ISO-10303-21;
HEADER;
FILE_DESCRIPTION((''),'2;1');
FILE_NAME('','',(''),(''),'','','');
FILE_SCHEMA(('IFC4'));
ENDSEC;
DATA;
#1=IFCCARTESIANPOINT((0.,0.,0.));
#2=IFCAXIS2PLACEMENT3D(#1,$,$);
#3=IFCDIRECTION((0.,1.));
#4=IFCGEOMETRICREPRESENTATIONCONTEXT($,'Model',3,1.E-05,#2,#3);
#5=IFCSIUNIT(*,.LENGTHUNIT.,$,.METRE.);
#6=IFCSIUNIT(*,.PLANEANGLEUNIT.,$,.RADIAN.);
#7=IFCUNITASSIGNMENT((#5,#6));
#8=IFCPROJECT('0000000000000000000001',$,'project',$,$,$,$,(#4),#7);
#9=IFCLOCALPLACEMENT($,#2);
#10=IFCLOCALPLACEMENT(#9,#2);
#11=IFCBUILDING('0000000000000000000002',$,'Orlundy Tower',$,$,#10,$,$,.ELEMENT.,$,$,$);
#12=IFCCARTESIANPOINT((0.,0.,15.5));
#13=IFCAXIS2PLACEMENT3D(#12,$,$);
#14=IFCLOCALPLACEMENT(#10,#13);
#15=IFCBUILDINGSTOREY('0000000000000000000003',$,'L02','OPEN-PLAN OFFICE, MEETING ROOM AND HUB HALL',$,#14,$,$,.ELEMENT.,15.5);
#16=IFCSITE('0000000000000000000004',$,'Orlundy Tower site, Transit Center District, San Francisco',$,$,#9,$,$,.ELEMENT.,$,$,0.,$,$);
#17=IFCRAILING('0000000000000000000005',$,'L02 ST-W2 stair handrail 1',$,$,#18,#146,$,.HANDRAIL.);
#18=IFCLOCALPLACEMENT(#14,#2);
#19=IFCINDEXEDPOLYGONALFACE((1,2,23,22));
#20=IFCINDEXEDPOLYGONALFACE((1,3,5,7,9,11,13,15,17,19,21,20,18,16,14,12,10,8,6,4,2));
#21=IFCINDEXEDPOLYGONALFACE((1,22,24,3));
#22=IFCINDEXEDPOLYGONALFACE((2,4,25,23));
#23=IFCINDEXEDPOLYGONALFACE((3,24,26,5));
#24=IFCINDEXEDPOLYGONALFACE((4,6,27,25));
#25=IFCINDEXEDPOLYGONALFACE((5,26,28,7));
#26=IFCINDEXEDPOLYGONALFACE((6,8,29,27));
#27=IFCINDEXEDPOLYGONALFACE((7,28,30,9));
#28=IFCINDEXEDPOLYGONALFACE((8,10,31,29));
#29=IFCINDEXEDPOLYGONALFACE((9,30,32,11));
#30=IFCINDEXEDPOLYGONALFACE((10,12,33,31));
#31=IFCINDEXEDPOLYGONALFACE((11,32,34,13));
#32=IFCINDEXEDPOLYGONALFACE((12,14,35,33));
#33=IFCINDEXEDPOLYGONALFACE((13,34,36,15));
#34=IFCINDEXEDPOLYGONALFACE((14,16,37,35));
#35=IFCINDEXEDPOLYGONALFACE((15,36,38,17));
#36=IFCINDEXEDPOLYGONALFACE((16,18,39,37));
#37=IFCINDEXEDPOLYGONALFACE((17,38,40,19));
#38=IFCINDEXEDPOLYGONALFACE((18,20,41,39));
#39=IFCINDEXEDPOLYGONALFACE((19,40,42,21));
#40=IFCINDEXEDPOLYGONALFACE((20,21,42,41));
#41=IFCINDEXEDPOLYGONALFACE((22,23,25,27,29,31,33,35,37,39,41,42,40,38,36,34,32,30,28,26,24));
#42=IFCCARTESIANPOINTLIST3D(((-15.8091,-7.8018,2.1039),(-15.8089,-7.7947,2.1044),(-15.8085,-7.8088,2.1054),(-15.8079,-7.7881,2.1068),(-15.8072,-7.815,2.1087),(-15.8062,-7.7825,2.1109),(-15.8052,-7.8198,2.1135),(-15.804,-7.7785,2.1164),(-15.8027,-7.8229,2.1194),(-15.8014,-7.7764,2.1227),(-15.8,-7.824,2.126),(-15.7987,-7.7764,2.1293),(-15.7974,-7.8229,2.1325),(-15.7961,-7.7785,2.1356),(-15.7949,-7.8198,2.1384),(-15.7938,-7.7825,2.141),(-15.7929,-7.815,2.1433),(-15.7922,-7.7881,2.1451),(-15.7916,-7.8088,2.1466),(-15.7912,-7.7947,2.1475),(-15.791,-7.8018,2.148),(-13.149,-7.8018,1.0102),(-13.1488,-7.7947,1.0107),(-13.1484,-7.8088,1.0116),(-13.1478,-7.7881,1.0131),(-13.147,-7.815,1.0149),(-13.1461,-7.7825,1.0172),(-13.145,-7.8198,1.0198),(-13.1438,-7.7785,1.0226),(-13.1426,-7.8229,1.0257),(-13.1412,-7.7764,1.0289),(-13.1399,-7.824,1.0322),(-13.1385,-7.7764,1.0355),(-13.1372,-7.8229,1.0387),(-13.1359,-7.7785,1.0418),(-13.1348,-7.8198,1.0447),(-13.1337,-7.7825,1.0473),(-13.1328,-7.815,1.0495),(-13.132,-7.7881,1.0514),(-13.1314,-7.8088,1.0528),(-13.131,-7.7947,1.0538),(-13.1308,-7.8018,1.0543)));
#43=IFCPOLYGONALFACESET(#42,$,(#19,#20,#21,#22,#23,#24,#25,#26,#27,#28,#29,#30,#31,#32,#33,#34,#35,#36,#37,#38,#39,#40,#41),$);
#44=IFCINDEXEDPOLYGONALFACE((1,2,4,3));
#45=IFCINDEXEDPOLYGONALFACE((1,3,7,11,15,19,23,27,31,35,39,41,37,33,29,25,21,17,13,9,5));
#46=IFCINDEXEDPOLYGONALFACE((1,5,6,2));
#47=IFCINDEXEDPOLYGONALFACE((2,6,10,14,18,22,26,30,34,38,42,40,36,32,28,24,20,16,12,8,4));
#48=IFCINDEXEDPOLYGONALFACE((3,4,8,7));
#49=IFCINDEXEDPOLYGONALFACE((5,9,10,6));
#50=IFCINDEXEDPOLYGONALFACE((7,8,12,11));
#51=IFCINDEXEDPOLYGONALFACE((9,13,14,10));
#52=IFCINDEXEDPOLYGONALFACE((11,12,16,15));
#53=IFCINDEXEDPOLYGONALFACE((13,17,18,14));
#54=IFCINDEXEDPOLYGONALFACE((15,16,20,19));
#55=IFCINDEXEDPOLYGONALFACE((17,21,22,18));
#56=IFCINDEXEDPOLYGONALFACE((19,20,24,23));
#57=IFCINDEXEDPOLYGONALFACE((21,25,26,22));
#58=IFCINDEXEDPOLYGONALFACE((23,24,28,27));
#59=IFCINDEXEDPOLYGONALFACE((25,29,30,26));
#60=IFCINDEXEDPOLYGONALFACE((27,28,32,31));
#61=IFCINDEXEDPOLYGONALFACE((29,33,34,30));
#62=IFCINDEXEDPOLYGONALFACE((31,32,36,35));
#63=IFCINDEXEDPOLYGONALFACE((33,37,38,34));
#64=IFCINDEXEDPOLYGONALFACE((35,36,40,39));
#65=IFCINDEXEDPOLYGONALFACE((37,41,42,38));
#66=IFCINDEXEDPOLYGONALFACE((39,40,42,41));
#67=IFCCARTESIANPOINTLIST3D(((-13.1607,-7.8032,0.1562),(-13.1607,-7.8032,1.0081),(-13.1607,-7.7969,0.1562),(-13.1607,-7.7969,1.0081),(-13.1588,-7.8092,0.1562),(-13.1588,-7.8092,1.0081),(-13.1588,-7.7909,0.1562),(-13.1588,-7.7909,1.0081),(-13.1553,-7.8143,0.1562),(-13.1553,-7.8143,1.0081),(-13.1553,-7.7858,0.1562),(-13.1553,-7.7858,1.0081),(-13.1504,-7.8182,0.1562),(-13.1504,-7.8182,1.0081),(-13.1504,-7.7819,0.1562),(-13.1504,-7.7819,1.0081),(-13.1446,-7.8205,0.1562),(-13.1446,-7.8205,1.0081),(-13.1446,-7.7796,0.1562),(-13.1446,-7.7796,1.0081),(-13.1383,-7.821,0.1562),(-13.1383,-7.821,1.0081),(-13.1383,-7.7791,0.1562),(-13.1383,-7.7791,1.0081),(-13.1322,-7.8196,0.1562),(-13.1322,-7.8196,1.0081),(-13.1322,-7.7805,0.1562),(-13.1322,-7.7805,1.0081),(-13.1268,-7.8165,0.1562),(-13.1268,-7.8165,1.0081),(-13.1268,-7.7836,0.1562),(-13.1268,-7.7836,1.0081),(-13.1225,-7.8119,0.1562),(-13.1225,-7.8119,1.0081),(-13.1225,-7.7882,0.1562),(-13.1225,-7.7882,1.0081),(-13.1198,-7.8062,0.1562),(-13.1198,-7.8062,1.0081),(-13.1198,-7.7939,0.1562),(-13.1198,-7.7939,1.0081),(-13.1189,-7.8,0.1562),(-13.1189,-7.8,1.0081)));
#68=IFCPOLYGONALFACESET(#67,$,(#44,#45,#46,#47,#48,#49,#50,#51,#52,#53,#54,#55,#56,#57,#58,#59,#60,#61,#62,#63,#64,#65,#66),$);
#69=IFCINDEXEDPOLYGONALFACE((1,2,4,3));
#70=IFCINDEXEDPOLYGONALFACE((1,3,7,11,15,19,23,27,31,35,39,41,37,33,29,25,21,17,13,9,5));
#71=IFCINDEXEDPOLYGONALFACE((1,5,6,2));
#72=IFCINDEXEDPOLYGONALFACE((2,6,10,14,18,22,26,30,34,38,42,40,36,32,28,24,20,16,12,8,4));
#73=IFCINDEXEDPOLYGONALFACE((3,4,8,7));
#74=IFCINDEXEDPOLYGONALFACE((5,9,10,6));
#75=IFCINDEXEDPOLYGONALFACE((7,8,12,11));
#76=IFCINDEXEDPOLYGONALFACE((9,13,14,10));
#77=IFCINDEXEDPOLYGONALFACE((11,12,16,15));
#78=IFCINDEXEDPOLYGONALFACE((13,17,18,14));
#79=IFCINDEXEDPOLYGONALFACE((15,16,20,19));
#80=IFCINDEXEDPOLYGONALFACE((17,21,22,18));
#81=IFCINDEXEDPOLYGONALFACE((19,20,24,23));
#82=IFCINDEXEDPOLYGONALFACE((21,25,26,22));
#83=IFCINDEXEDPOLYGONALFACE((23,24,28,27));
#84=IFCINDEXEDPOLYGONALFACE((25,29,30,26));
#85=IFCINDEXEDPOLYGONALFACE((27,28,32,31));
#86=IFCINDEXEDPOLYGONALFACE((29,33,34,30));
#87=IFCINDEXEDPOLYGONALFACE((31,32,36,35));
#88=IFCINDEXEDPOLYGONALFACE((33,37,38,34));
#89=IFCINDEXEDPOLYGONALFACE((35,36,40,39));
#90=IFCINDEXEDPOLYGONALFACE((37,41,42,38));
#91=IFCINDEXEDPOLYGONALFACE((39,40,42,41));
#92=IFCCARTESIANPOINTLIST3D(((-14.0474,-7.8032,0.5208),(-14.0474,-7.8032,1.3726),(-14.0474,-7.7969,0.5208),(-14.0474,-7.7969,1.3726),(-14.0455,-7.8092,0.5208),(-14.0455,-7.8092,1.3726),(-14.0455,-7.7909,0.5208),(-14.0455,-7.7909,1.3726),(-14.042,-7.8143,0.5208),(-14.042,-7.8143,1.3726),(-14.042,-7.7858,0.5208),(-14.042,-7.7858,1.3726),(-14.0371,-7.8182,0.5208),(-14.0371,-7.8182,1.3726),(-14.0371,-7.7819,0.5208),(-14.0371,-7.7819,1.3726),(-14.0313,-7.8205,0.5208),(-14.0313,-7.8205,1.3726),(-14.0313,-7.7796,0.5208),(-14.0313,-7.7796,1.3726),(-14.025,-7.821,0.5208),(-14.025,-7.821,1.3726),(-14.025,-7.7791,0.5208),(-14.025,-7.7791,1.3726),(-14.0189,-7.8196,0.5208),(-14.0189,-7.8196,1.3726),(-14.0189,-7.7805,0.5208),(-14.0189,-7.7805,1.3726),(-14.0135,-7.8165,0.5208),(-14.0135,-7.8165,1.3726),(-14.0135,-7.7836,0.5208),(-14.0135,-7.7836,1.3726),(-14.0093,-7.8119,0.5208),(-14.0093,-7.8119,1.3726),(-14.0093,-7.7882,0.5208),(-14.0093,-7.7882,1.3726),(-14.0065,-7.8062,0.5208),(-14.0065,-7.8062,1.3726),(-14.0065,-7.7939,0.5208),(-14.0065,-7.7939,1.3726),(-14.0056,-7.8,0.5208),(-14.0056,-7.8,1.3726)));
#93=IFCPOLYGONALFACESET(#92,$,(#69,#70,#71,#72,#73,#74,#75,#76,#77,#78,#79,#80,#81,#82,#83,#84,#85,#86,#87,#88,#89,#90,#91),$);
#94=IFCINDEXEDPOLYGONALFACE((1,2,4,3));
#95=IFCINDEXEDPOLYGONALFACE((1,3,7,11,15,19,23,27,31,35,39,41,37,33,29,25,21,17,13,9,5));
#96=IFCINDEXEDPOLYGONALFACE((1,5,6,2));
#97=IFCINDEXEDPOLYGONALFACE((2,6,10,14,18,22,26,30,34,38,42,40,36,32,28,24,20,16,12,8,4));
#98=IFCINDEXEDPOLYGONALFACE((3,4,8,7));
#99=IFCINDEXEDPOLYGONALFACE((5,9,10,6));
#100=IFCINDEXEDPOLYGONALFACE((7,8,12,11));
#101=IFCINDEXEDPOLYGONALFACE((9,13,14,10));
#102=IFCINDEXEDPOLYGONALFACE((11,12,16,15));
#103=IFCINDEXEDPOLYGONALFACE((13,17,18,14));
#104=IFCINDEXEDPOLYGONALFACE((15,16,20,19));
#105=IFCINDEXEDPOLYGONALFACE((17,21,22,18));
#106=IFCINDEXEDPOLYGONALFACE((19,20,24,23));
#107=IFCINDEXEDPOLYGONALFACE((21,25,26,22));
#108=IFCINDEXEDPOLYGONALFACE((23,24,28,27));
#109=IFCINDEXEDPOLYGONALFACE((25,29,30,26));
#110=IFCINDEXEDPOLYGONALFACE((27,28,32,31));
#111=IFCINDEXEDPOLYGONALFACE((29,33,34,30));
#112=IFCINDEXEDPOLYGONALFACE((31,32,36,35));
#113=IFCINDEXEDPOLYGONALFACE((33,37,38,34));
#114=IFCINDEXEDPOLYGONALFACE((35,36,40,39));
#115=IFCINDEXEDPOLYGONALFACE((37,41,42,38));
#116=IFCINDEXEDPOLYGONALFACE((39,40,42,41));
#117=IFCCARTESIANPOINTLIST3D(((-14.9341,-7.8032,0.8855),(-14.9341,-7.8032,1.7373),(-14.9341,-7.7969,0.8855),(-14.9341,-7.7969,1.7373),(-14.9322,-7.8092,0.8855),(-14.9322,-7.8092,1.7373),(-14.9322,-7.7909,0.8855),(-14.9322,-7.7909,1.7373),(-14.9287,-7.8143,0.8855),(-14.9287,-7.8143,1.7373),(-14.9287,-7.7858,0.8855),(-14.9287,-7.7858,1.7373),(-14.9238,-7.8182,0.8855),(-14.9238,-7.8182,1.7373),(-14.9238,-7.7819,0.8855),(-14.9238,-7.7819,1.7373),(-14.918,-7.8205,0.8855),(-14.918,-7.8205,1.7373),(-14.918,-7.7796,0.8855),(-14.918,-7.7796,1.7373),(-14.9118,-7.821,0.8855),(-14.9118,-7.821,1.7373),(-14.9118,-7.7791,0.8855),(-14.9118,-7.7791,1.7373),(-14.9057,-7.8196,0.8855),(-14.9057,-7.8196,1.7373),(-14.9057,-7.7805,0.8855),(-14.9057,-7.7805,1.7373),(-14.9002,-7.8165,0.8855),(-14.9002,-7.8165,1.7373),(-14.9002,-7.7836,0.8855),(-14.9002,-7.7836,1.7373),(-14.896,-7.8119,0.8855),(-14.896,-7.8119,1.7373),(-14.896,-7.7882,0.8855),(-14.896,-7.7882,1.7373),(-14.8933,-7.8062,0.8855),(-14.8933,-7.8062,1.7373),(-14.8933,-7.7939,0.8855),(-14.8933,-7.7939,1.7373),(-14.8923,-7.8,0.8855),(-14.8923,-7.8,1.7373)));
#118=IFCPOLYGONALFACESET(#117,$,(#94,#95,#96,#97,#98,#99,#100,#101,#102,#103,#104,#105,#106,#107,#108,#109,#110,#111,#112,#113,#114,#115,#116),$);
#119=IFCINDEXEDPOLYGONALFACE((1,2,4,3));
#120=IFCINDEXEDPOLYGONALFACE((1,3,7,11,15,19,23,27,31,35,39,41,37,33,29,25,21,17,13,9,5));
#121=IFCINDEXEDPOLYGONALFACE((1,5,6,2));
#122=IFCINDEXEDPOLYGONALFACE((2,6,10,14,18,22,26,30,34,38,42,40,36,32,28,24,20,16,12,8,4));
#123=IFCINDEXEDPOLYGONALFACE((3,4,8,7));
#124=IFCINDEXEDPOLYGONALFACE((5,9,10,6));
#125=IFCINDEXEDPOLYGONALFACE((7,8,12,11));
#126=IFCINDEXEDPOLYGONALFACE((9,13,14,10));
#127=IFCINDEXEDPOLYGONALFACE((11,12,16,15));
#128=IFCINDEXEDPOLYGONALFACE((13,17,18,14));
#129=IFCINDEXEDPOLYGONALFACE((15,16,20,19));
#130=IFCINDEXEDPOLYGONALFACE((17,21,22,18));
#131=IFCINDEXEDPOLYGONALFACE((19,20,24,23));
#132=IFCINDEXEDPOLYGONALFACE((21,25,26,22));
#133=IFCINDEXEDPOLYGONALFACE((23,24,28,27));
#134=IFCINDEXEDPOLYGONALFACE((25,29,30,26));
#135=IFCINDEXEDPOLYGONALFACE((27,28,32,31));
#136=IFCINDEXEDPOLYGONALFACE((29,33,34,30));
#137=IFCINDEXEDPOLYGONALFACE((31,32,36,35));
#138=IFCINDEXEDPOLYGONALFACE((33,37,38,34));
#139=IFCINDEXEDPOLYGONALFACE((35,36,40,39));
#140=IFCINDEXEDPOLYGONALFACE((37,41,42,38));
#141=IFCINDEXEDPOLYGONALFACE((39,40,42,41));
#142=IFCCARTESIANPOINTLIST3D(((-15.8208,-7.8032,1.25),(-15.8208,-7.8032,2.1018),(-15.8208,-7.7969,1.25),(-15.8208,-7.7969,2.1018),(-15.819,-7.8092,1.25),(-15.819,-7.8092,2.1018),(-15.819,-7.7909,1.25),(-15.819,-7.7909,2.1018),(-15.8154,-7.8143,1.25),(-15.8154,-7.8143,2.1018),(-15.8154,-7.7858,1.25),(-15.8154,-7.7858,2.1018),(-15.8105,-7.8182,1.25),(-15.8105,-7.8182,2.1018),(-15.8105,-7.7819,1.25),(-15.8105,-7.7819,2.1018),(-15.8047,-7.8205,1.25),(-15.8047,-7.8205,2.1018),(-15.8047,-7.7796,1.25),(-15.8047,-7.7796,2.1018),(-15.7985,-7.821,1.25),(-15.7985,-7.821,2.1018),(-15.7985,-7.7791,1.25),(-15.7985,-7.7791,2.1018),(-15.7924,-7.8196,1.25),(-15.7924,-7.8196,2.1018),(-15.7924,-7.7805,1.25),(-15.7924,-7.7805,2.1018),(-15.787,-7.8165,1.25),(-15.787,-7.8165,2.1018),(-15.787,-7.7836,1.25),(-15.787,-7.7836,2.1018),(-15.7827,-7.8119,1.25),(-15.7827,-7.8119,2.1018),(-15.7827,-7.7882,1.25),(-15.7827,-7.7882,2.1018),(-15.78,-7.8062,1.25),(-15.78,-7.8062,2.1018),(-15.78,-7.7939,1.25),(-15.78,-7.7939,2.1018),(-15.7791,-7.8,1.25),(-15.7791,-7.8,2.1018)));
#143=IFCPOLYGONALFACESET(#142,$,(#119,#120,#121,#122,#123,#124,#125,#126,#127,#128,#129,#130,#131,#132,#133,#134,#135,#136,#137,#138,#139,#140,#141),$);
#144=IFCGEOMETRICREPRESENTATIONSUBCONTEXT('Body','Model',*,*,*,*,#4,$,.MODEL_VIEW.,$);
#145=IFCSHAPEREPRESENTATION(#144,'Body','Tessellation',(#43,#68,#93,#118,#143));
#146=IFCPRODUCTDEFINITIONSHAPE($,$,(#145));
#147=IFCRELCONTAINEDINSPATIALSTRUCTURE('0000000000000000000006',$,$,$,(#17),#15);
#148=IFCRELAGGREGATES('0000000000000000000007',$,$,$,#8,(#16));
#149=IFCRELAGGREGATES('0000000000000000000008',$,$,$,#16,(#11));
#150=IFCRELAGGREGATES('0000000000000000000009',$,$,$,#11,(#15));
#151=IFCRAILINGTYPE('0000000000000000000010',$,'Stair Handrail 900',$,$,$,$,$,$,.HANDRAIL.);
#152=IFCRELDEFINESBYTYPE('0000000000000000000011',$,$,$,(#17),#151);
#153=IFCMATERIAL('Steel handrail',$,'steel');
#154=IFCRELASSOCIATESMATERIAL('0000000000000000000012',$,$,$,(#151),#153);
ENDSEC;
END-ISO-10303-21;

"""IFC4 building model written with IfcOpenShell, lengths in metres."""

from ifc_helpers import new_model, si_unit, direction, frame, origin, origin_2d, place, context, subcontext, project, spatial, circle, extrude, material, type_object, element, save


model = new_model("IFC4")

# Units and contexts
model_context = context("Model", 3, precision=1e-05, world=origin(), true_north=direction((0.0, 1.0)))
body_context = subcontext(model_context, "Body", "Model", "MODEL_VIEW")
ifc_project = project(units=[si_unit("LENGTHUNIT", "METRE"), si_unit("PLANEANGLEUNIT", "RADIAN")], contexts=[model_context])

# Site, building, storey
site_placement = place(None, origin())
site = spatial("IfcSite", under=ifc_project, at=site_placement, Name="Orlundy Tower site, Transit Center District, San Francisco", CompositionType="ELEMENT", RefElevation=0.0)
building_placement = place(site_placement, origin())
building = spatial("IfcBuilding", under=site, at=building_placement, Name="Orlundy Tower", CompositionType="ELEMENT")
storey_placement = place(building_placement, frame((0.0, 0.0, 15.5)))
storey = spatial("IfcBuildingStorey", under=building, at=storey_placement, Name="L02", Description="OPEN-PLAN OFFICE, MEETING ROOM AND HUB HALL", CompositionType="ELEMENT", Elevation=15.5)

# Railing
ifc_material_1 = material(Name="Steel handrail", Category="steel")
railing_type_1 = type_object("IfcRailingType", Name="Stair Handrail 900", PredefinedType="HANDRAIL", material=ifc_material_1)
railing_1_placement = place(storey_placement, frame((-13.1399, -7.8, 0.1562)))
element("IfcRailing", 1, at=railing_1_placement, inside=storey, type_object=railing_type_1, Name="L02 ST-W2 stair handrail 1", PredefinedType="HANDRAIL", context=body_context, shape_type="SweptSolid", body=[
    extrude(circle(Radius=0.0239, at=origin_2d()), frame((0.0, 0.0, 0.876), z_axis=(-0.924875, 0.0, 0.380272), x_axis=(0.0, -1.0, 0.0)), (0.0, 0.0, 1.0), 2.8762),
    extrude(circle(Radius=0.021, at=origin_2d()), origin(), (0.0, 0.0, 1.0), 0.8518),
    extrude(circle(Radius=0.021, at=origin_2d()), frame((-0.8867, 0.0, 0.3645)), (0.0, 0.0, 1.0), 0.8518),
    extrude(circle(Radius=0.021, at=origin_2d()), frame((-1.7734, 0.0, 0.7292)), (0.0, 0.0, 1.0), 0.8518),
    extrude(circle(Radius=0.021, at=origin_2d()), frame((-2.6602, 0.0, 1.0938)), (0.0, 0.0, 1.0), 0.8518),
])

save(model, "model.ifc")
